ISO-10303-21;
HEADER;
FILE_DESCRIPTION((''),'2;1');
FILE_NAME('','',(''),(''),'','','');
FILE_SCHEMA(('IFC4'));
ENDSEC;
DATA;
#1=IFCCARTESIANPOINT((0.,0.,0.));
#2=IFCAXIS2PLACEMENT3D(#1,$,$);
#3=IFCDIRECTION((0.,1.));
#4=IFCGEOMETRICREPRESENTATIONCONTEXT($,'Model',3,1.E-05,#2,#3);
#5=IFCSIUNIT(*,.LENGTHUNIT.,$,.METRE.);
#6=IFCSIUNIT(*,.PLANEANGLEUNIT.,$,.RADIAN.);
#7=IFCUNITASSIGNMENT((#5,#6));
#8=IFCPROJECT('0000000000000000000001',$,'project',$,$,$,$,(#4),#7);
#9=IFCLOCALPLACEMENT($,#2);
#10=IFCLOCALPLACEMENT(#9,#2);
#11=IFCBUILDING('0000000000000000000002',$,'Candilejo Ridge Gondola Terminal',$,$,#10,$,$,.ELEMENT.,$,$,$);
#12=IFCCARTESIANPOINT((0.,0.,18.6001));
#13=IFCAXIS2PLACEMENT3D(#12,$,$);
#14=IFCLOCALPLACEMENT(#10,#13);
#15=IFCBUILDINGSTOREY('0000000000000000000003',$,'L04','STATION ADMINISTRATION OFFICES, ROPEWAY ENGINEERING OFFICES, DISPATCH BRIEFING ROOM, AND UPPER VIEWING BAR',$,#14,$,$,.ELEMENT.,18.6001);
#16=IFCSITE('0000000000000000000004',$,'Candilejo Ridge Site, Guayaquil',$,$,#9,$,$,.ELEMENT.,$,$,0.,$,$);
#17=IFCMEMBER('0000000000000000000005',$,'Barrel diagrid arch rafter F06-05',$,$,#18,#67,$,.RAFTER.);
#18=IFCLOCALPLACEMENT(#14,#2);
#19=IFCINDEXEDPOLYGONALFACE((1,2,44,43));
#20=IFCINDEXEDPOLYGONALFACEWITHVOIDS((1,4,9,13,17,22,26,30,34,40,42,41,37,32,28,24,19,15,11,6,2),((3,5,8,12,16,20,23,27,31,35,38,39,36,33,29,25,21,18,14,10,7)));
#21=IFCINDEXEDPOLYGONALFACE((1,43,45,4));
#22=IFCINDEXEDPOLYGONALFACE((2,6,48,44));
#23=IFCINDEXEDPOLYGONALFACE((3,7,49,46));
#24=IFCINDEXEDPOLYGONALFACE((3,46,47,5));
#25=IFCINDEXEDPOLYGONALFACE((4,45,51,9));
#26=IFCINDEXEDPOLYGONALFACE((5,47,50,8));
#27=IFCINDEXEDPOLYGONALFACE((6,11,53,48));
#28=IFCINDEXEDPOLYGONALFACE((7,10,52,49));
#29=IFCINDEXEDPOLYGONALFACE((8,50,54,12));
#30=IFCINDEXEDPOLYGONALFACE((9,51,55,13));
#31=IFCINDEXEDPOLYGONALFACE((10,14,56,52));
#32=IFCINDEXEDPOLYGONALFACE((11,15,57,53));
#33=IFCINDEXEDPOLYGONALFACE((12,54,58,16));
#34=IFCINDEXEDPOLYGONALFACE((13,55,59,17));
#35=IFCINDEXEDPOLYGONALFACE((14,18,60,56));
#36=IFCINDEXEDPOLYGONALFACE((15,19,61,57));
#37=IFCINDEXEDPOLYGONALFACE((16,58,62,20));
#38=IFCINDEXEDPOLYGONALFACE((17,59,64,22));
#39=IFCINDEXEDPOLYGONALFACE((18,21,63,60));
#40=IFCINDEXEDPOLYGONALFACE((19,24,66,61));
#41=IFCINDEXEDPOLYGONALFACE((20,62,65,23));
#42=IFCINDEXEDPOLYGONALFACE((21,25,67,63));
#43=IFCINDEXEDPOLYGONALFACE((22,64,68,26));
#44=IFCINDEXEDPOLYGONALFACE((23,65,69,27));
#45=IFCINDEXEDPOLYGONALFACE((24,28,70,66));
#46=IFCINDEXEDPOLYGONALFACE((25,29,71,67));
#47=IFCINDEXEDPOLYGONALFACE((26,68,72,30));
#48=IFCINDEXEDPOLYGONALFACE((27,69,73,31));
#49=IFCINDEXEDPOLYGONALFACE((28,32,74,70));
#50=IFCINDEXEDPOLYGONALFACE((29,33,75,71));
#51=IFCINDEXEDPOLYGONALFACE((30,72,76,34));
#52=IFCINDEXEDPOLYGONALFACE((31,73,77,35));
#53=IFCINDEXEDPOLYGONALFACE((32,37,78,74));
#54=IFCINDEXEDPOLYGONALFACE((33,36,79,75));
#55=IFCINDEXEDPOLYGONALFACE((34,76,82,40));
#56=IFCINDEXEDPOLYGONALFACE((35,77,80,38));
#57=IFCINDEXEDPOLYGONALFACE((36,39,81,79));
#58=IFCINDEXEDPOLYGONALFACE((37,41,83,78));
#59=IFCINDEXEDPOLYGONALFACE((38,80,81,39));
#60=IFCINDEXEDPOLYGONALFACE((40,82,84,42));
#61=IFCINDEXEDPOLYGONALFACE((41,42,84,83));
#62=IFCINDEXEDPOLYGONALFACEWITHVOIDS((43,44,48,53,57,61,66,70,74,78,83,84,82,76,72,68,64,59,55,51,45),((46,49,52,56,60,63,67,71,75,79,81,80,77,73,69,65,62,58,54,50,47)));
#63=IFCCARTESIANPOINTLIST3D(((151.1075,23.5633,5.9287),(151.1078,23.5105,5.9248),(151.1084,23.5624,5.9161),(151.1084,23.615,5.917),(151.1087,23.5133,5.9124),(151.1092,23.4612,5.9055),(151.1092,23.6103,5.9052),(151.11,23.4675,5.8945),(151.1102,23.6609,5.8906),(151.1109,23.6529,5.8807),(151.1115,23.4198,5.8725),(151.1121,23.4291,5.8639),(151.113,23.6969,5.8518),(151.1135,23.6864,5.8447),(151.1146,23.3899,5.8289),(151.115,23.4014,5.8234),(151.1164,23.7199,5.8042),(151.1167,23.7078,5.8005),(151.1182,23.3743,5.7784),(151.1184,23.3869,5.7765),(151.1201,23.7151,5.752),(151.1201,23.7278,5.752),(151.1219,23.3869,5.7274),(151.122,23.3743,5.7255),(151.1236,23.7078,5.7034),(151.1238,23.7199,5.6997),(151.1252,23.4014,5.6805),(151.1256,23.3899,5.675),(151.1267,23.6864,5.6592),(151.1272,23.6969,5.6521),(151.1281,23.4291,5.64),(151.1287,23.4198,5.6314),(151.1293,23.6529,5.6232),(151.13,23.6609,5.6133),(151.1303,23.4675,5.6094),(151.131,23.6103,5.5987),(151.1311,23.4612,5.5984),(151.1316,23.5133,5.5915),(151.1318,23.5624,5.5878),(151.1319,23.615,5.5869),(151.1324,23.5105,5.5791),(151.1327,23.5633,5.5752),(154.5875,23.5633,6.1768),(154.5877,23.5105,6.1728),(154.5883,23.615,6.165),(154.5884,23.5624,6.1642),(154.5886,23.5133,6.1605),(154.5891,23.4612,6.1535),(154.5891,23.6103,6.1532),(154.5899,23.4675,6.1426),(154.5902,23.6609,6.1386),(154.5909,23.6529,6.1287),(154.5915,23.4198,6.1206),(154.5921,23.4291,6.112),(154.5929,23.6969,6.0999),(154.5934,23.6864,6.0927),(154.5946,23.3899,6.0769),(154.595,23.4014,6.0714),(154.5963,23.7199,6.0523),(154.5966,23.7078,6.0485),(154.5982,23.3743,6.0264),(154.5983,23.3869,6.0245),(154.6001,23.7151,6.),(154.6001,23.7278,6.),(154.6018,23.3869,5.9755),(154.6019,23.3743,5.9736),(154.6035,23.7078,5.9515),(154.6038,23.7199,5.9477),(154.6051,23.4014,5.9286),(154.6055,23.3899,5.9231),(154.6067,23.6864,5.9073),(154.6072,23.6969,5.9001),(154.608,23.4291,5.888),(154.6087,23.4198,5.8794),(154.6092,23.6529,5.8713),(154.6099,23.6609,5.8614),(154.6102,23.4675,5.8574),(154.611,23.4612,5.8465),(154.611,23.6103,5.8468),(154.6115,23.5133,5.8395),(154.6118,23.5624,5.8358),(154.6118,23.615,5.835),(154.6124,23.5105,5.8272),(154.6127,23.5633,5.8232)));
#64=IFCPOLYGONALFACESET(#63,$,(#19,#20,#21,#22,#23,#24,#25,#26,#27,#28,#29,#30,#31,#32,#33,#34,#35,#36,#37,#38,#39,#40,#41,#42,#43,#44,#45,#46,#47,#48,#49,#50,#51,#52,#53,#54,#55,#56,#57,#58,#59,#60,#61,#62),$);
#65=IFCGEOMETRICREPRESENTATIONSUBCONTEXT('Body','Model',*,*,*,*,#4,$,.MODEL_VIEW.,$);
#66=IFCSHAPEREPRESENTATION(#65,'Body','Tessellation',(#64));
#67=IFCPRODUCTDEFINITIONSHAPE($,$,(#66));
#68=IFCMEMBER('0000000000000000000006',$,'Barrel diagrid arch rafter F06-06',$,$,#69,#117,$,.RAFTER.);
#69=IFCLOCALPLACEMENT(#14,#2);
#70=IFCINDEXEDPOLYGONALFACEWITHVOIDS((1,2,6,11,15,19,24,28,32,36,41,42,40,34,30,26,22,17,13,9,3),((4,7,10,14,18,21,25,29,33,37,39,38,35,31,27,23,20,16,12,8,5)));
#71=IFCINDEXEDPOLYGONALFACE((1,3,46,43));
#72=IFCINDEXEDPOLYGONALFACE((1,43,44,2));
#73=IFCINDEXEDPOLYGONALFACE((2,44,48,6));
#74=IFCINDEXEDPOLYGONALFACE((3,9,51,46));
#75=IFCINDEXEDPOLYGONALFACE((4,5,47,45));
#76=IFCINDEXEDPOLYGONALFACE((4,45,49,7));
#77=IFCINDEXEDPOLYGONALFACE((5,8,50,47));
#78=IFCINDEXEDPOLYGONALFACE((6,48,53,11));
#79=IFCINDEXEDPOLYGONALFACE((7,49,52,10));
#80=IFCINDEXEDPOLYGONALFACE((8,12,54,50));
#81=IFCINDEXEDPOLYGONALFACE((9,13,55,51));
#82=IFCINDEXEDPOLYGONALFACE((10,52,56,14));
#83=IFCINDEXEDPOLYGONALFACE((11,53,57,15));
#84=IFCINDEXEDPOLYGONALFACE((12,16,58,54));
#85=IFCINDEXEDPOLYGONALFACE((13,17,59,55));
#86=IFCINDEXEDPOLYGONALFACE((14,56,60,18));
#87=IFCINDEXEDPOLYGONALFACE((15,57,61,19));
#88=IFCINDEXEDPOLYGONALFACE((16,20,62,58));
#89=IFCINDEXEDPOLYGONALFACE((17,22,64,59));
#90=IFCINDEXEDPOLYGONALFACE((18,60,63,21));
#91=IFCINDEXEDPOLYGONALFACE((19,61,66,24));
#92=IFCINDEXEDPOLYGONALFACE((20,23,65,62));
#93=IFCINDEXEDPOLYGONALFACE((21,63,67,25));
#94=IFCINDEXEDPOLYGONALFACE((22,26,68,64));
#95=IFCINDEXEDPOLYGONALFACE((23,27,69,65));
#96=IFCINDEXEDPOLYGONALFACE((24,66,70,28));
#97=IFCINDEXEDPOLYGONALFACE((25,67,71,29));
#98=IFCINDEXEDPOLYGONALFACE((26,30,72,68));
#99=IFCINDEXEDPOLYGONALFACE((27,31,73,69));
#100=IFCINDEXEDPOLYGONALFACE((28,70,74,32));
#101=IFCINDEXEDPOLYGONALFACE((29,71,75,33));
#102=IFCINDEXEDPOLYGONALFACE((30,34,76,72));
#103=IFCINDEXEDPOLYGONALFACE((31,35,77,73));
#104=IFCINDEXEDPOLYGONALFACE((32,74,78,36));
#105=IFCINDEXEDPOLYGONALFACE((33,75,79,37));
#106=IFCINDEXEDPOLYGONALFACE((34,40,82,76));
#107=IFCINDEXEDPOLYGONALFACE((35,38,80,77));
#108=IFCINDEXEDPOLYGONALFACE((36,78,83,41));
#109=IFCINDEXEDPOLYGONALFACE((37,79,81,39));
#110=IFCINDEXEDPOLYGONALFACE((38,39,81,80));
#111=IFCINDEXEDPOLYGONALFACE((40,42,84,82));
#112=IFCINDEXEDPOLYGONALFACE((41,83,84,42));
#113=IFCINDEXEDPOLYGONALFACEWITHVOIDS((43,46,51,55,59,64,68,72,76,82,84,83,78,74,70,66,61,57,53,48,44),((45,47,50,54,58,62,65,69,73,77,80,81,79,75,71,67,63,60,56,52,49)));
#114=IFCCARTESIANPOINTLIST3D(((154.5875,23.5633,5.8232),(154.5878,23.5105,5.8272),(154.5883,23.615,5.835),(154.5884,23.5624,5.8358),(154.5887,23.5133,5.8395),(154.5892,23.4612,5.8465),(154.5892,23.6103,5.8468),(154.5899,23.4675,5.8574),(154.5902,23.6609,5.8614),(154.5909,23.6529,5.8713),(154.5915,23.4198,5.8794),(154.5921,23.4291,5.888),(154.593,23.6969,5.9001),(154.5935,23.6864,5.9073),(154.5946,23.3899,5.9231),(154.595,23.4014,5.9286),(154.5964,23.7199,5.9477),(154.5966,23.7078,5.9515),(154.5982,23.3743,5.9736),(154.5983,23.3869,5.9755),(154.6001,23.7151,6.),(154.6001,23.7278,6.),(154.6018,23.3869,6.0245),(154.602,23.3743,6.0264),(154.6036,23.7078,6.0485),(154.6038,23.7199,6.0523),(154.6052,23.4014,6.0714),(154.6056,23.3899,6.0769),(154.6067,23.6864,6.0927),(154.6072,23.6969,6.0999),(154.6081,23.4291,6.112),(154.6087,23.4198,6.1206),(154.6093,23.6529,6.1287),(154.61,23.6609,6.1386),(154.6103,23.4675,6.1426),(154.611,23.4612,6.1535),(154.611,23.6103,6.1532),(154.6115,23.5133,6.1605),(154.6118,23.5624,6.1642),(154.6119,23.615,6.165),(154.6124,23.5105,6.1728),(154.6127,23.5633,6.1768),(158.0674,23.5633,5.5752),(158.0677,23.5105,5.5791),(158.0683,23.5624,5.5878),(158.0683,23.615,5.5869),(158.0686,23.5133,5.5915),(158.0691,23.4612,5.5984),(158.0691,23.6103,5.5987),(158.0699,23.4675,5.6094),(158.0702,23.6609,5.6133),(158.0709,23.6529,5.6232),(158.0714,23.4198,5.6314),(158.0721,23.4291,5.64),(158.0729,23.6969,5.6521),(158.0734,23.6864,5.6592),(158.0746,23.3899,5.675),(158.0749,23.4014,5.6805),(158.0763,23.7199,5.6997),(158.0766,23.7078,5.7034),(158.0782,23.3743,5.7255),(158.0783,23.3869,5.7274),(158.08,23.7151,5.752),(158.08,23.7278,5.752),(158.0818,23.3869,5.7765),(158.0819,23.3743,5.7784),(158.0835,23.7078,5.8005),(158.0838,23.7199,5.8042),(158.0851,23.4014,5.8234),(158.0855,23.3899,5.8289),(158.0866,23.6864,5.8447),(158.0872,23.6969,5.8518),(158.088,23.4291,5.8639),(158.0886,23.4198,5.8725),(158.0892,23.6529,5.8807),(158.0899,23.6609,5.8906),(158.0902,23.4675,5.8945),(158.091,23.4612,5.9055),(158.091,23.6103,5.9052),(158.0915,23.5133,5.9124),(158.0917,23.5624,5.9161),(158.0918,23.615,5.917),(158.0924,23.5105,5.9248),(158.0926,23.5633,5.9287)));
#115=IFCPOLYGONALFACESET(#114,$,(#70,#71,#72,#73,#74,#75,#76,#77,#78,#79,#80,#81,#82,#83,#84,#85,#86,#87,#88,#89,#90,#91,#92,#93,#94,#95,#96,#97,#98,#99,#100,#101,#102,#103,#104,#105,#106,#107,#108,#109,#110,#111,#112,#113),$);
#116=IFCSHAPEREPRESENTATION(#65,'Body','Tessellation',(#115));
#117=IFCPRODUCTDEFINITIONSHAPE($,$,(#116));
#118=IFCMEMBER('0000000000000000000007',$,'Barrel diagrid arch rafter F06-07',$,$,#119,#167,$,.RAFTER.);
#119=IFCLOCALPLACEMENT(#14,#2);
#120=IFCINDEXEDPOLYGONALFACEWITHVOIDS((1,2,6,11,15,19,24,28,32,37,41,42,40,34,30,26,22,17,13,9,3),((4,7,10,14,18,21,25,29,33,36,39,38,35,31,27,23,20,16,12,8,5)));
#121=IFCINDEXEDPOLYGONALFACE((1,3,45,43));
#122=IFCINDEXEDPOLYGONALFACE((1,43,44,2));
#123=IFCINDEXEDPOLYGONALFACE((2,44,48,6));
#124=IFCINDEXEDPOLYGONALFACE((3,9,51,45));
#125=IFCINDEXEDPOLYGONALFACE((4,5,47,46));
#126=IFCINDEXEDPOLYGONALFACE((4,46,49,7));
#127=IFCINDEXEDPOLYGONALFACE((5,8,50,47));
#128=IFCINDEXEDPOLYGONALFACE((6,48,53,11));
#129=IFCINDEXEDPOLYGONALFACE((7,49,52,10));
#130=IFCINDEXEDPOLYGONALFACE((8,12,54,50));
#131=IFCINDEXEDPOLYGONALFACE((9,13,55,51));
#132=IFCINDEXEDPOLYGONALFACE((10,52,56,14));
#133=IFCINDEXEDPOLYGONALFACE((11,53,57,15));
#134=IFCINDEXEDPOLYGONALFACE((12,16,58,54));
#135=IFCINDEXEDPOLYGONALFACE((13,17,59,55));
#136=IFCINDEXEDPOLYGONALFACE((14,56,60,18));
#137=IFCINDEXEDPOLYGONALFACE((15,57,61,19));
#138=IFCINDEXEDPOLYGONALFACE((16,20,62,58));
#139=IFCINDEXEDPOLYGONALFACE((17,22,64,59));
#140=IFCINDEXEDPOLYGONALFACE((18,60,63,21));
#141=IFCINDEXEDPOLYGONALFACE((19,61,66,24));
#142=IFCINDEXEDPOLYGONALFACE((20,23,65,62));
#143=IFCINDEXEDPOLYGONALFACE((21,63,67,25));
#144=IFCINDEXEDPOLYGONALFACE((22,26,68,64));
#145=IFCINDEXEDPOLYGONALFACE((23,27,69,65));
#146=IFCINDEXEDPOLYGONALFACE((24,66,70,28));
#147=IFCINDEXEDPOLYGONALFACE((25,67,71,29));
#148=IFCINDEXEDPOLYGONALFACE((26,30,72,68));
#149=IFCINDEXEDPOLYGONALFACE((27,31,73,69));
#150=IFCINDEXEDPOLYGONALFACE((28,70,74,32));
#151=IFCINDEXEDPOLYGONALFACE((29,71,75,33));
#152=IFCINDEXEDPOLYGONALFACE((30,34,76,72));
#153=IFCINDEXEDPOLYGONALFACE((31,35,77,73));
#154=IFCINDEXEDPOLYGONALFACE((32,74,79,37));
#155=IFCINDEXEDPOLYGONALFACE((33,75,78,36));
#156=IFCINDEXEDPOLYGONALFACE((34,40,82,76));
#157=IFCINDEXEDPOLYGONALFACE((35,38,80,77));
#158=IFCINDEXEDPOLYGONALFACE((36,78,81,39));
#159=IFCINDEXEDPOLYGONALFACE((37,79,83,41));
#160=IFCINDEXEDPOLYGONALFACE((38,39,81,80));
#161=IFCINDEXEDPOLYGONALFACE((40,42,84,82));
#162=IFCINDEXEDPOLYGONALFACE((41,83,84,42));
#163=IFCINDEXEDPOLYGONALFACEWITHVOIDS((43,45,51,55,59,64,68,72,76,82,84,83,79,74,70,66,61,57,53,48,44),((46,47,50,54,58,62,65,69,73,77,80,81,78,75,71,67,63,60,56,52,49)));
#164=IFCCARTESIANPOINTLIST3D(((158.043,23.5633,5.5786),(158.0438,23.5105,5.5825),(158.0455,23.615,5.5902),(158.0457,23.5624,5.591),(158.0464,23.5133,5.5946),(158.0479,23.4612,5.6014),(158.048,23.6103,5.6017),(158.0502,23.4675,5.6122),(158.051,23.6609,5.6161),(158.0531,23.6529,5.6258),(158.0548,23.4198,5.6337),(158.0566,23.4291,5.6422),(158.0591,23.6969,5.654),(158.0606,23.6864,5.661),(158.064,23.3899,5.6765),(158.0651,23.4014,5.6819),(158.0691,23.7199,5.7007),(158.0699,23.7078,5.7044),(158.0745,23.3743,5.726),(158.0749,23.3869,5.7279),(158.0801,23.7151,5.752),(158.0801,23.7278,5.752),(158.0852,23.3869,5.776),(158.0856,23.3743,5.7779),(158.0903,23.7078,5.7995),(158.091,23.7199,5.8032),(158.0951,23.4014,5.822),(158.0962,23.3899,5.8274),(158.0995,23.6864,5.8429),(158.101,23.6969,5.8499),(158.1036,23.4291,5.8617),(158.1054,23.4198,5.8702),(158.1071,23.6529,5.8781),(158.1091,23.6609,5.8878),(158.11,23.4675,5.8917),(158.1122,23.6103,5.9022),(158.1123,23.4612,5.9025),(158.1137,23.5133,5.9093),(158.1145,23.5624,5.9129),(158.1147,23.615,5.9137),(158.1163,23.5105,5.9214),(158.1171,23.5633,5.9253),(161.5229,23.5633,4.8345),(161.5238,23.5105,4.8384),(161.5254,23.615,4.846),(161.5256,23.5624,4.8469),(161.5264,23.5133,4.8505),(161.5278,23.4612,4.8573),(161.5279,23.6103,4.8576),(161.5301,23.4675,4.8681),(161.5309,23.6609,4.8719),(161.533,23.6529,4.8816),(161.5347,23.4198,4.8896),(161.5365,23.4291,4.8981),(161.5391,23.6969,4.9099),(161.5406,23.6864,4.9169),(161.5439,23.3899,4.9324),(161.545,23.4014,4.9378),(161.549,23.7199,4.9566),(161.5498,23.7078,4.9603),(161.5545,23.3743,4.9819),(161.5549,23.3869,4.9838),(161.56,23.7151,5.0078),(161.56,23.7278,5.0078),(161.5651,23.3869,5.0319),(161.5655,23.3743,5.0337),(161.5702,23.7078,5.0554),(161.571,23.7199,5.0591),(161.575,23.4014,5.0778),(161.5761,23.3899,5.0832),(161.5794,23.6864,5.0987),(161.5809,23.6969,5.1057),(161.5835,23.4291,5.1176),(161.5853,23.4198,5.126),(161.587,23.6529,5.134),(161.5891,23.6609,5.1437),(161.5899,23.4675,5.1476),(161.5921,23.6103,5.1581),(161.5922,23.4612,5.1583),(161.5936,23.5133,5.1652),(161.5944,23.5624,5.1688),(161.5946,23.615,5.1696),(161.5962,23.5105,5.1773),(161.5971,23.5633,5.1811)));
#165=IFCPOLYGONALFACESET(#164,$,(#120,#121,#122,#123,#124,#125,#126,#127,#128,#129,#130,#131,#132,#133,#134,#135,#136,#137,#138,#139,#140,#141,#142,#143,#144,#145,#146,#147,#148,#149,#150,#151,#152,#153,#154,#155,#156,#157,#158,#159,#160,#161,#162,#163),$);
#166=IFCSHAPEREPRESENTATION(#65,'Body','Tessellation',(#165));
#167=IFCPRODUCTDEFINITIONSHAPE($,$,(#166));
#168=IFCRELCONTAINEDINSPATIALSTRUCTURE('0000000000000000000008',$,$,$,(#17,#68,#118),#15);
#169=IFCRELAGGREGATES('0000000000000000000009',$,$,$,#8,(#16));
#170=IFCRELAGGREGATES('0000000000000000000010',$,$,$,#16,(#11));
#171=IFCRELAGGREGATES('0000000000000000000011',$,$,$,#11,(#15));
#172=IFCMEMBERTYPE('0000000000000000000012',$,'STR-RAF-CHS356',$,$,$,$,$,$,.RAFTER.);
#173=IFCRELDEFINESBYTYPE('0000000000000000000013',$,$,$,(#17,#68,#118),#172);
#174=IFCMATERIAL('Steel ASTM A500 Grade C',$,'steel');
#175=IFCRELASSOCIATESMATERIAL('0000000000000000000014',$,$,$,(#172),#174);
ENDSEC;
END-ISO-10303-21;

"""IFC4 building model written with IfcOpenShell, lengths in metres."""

from ifc_helpers import new_model, si_unit, direction, frame, origin, origin_2d, place, context, subcontext, project, spatial, hollow_circle, extrude, material, material_profile, profile_set, type_object, element, save


model = new_model("IFC4")

# Units and contexts
model_context = context("Model", 3, precision=1e-05, world=origin(), true_north=direction((0.0, 1.0)))
body_context = subcontext(model_context, "Body", "Model", "MODEL_VIEW")
ifc_project = project(units=[si_unit("LENGTHUNIT", "METRE"), si_unit("PLANEANGLEUNIT", "RADIAN")], contexts=[model_context])

# Site, building, storey
site_placement = place(None, origin())
site = spatial("IfcSite", under=ifc_project, at=site_placement, Name="Candilejo Ridge Site, Guayaquil", CompositionType="ELEMENT", RefElevation=0.0)
building_placement = place(site_placement, origin())
building = spatial("IfcBuilding", under=site, at=building_placement, Name="Candilejo Ridge Gondola Terminal", CompositionType="ELEMENT")
storey_placement = place(building_placement, frame((0.0, 0.0, 18.6001)))
storey = spatial("IfcBuildingStorey", under=building, at=storey_placement, Name="L04", Description="STATION ADMINISTRATION OFFICES, ROPEWAY ENGINEERING OFFICES, DISPATCH BRIEFING ROOM, AND UPPER VIEWING BAR", CompositionType="ELEMENT", Elevation=18.6001)

# Members
ifc_material_1 = material(Name="Steel ASTM A500 Grade C", Category="steel")
ifc_material_profile_1 = material_profile(ifc_material_1, hollow_circle(Radius=0.1777, WallThickness=0.0127, at=origin_2d()))
ifc_profile_set_1 = profile_set([ifc_material_profile_1], Name="Steel ASTM A500 Grade C")
member_type_1 = type_object("IfcMemberType", Name="STR-RAF-CHS356", PredefinedType="RAFTER", material=ifc_profile_set_1)
for number, where, z_axis, x_axis, name in (
    (1, (151.1201, 23.55, 5.752), (0.997469, 0.0, 0.071098), (0.0, 1.0, 0.0), "Barrel diagrid arch rafter F06-05"),
    (2, (154.6001, 23.55, 6.0), (0.997469, 0.0, -0.071098), (0.0, 1.0, 0.0), "Barrel diagrid arch rafter F06-06"),
):
    element("IfcMember", number, at=place(storey_placement, frame(where, z_axis=z_axis, x_axis=x_axis)), inside=storey, type_object=member_type_1, Name=name, PredefinedType="RAFTER", context=body_context, shape_type="SweptSolid", body=[
        extrude(hollow_circle(Radius=0.1777, WallThickness=0.0127, at=origin_2d()), origin(), (0.0, 0.0, 1.0), 3.4888),
    ])
member_1_placement = place(storey_placement, frame((158.0801, 23.55, 5.752), z_axis=(0.977893, 0.0, -0.209107), x_axis=(0.0, 1.0, 0.0)))
element("IfcMember", 3, at=member_1_placement, inside=storey, type_object=member_type_1, Name="Barrel diagrid arch rafter F06-07", PredefinedType="RAFTER", context=body_context, shape_type="SweptSolid", body=[
    extrude(hollow_circle(Radius=0.1777, WallThickness=0.0127, at=origin_2d()), origin(), (0.0, 0.0, 1.0), 3.5586),
])

save(model, "model.ifc")
